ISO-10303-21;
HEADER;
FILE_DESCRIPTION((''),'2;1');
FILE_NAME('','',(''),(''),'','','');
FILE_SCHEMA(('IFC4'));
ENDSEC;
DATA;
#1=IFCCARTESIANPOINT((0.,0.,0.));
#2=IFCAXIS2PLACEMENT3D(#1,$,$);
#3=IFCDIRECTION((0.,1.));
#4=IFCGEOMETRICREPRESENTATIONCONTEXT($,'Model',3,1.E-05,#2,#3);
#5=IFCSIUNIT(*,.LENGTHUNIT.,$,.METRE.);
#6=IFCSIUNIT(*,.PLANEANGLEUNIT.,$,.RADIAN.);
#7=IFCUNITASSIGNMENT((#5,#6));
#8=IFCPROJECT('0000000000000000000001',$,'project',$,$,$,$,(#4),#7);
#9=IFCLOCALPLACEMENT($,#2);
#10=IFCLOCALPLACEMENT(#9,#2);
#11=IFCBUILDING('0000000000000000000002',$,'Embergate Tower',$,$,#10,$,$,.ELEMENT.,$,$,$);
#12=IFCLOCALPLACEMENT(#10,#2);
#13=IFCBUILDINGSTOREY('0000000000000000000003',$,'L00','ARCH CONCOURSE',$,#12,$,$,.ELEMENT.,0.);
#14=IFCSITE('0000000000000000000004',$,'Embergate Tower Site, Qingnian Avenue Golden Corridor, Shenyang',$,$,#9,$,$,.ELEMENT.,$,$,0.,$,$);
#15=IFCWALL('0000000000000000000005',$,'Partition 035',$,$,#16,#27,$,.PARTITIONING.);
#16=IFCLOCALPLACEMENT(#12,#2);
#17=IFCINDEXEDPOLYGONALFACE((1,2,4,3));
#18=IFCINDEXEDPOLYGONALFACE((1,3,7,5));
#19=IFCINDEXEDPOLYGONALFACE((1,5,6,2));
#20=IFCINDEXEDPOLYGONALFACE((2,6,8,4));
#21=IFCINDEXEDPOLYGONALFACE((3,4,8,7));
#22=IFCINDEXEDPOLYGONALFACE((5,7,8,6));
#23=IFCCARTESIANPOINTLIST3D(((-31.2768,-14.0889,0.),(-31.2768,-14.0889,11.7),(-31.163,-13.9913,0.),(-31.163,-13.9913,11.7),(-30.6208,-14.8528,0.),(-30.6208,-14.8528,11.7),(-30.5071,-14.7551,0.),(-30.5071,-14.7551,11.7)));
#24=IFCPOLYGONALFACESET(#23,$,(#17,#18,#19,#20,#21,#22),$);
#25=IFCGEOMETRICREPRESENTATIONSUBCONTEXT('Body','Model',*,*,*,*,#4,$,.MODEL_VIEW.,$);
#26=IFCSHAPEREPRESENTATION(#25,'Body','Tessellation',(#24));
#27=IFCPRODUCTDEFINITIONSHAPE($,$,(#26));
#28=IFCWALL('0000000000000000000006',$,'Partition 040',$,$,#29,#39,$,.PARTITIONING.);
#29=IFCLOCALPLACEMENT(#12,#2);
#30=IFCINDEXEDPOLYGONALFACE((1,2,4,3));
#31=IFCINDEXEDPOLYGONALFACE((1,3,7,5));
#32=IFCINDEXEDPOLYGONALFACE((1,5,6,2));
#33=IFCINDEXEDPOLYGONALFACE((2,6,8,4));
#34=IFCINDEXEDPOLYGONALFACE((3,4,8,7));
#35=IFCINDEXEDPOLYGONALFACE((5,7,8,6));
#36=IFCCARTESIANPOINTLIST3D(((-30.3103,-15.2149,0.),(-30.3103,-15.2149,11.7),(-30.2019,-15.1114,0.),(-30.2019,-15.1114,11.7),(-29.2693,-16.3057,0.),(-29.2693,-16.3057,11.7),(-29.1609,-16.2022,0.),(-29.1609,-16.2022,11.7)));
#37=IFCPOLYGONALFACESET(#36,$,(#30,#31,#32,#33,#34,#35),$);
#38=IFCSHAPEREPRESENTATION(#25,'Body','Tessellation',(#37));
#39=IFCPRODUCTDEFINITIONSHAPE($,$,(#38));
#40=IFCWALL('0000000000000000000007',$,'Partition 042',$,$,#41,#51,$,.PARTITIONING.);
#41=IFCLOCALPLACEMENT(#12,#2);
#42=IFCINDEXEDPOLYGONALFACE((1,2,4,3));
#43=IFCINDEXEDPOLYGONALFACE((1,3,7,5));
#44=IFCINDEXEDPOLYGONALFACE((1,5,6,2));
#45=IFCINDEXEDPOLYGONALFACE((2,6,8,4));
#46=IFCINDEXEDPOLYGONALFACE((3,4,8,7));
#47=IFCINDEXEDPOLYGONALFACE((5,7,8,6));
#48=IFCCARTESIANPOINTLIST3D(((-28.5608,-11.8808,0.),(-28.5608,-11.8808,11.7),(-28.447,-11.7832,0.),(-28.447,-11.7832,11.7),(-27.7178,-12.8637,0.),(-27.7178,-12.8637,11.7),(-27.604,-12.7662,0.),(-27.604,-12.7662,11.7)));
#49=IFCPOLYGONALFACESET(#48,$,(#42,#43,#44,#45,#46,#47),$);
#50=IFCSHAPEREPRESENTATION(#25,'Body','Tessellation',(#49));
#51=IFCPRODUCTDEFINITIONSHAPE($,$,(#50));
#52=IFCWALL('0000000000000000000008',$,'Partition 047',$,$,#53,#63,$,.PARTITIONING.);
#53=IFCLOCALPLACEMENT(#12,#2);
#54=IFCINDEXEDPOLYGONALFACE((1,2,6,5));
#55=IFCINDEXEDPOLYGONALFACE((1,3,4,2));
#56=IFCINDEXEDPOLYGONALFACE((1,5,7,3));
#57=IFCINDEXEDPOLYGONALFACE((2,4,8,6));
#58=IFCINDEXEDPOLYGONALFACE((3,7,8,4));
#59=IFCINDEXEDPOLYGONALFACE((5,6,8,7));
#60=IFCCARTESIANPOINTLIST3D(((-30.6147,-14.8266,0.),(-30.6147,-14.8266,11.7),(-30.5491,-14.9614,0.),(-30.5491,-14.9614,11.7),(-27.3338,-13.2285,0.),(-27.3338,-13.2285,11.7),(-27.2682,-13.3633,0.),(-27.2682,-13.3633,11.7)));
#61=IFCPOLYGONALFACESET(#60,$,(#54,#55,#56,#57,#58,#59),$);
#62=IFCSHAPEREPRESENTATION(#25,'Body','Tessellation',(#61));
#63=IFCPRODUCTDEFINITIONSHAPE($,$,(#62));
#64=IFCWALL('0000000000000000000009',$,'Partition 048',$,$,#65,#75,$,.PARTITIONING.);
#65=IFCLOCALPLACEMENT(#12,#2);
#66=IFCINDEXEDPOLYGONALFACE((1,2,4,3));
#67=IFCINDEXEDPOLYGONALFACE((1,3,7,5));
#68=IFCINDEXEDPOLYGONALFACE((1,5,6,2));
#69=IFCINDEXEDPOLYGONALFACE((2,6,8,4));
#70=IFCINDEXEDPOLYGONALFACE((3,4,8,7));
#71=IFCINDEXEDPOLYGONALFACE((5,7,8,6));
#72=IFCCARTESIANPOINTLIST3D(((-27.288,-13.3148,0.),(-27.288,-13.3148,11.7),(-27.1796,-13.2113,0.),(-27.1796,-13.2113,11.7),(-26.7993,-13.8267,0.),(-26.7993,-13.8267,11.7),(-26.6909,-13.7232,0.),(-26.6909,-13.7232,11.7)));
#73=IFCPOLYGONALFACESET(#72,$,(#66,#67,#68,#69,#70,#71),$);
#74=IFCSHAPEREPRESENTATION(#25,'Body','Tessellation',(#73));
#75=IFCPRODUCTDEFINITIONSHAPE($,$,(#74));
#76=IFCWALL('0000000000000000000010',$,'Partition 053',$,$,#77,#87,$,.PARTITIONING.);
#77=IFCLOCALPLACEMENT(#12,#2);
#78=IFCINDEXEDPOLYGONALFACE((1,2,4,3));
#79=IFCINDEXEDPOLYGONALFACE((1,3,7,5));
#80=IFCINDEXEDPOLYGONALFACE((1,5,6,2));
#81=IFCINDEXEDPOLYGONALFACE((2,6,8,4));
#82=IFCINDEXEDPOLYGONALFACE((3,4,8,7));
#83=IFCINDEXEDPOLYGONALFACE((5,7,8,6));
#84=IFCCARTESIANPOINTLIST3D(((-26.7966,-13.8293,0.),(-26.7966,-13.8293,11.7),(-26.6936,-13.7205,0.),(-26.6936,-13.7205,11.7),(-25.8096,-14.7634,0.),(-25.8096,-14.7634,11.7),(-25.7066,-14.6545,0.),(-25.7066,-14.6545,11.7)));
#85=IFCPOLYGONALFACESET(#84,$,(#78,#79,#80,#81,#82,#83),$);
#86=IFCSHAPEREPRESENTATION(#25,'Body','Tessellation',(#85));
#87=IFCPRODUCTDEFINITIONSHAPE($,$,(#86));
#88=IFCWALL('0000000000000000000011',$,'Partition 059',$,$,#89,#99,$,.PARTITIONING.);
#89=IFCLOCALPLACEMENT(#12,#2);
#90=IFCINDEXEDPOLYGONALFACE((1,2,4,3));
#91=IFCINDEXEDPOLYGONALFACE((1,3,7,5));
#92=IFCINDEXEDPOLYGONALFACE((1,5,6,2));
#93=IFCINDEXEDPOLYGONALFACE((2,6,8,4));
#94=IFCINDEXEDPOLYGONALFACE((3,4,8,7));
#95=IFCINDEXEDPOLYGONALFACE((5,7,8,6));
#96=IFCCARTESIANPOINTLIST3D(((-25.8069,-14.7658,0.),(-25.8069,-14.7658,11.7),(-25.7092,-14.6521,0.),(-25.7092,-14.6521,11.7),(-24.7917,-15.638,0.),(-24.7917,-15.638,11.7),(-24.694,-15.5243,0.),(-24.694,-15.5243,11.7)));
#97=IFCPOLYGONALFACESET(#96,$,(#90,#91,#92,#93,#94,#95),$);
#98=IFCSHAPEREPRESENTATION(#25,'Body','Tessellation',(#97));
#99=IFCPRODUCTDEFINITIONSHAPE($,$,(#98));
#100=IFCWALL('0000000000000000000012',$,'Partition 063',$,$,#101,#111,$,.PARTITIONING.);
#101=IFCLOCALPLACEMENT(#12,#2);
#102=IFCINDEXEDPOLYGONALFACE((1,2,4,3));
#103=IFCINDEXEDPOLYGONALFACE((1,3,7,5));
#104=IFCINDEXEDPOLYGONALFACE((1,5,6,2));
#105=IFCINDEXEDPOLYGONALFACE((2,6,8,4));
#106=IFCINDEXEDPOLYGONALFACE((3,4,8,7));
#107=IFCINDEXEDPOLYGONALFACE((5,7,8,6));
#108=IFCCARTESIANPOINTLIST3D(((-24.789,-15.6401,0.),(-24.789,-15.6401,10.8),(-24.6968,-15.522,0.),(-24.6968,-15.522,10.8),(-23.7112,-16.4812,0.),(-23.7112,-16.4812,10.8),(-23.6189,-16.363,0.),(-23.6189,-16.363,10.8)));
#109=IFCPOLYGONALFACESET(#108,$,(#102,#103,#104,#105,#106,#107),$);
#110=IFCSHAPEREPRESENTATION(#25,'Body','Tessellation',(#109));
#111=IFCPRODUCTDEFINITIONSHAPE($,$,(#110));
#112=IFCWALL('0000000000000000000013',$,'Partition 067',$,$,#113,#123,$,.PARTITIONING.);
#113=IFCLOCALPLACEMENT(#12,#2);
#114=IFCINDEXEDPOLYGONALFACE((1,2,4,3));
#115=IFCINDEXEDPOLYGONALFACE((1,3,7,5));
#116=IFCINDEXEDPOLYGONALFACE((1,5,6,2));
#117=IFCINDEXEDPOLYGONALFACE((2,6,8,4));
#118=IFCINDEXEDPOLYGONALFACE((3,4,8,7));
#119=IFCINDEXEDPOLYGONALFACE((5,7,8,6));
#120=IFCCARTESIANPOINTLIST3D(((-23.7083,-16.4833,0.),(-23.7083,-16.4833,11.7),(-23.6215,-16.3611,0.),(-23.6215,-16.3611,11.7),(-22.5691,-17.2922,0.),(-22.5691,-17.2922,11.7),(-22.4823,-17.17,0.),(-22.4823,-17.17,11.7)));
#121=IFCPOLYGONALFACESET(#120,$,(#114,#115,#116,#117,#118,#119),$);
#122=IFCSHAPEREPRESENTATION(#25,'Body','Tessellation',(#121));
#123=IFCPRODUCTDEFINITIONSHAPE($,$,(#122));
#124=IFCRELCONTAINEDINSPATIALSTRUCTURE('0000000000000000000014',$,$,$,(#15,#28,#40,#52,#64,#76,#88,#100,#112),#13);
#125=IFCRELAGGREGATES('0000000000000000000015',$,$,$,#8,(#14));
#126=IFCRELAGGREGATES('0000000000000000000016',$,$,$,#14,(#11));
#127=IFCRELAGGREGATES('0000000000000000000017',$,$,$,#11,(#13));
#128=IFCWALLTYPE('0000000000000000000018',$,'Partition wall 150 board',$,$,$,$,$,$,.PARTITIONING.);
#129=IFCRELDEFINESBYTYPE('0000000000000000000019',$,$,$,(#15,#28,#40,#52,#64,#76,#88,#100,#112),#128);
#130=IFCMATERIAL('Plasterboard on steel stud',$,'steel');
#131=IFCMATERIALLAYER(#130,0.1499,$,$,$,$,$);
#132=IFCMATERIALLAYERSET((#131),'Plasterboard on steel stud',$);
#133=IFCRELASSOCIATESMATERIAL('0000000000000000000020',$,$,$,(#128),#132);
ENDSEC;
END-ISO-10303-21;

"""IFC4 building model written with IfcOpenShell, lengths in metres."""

from ifc_helpers import new_model, si_unit, direction, frame, frame_2d, origin, place, context, subcontext, project, spatial, rectangle, extrude, source, transform, mapped, material, layer, layer_set, type_object, element, save


model = new_model("IFC4")

# Units and contexts
model_context = context("Model", 3, precision=1e-05, world=origin(), true_north=direction((0.0, 1.0)))
body_context = subcontext(model_context, "Body", "Model", "MODEL_VIEW")
ifc_project = project(units=[si_unit("LENGTHUNIT", "METRE"), si_unit("PLANEANGLEUNIT", "RADIAN")], contexts=[model_context])

# Site, building, storey
site_placement = place(None, origin())
site = spatial("IfcSite", under=ifc_project, at=site_placement, Name="Embergate Tower Site, Qingnian Avenue Golden Corridor, Shenyang", CompositionType="ELEMENT", RefElevation=0.0)
building_placement = place(site_placement, origin())
building = spatial("IfcBuilding", under=site, at=building_placement, Name="Embergate Tower", CompositionType="ELEMENT")
storey_placement = place(building_placement, origin())
storey = spatial("IfcBuildingStorey", under=building, at=storey_placement, Name="L00", Description="ARCH CONCOURSE", CompositionType="ELEMENT", Elevation=0.0)

# Shared definitions
ifc_material_1 = material(Name="Plasterboard on steel stud", Category="steel")
ifc_layer_1 = layer(ifc_material_1, 0.1499)
ifc_layer_set_1 = layer_set([ifc_layer_1], Name="Plasterboard on steel stud")
wall_type_1 = type_object("IfcWallType", Name="Partition wall 150 board", PredefinedType="PARTITIONING", material=ifc_layer_set_1)

# Walls
shared_shape_1 = source(origin(), body_context, "Body", "SweptSolid", [
    extrude(rectangle(XDim=1.0068, YDim=0.1499, at=frame_2d((0.5034, 0.0))), origin(), (0.0, 0.0, 1.0), 11.7),
])
wall_1_placement = place(storey_placement, frame((-30.564, -14.804, 0.0), z_axis=(0.0, 0.0, 1.0), x_axis=(-0.65149, 0.758657, 0.0)))
element("IfcWall", 1, at=wall_1_placement, inside=storey, type_object=wall_type_1, Name="Partition 035", PredefinedType="PARTITIONING", context=body_context, shape_type="MappedRepresentation", body=[
    mapped(shared_shape_1, transform((0.0, 0.0, 0.0))),
])
shared_shape_2 = source(origin(), body_context, "Body", "SweptSolid", [
    extrude(rectangle(XDim=1.5078, YDim=0.1499, at=frame_2d((0.7539, 0.0))), origin(), (0.0, 0.0, 1.0), 11.7),
])
wall_2_placement = place(storey_placement, frame((-29.2151, -16.2539, 0.0), z_axis=(0.0, 0.0, 1.0), x_axis=(-0.690399, 0.723429, 0.0)))
element("IfcWall", 2, at=wall_2_placement, inside=storey, type_object=wall_type_1, Name="Partition 040", PredefinedType="PARTITIONING", context=body_context, shape_type="MappedRepresentation", body=[
    mapped(shared_shape_2, transform((0.0, 0.0, 0.0))),
])
shared_shape_3 = source(origin(), body_context, "Body", "SweptSolid", [
    extrude(rectangle(XDim=1.2949, YDim=0.1499, at=frame_2d((0.6475, 0.0))), origin(), (0.0, 0.0, 1.0), 11.7),
])
wall_3_placement = place(storey_placement, frame((-28.5039, -11.832, 0.0), z_axis=(0.0, 0.0, 1.0), x_axis=(0.651024, -0.759057, 0.0)))
element("IfcWall", 3, at=wall_3_placement, inside=storey, type_object=wall_type_1, Name="Partition 042", PredefinedType="PARTITIONING", context=body_context, shape_type="MappedRepresentation", body=[
    mapped(shared_shape_3, transform((0.0, 0.0, 0.0))),
])
shared_shape_4 = source(origin(), body_context, "Body", "SweptSolid", [
    extrude(rectangle(XDim=3.6494, YDim=0.1499, at=frame_2d((1.8247, 0.0))), origin(), (0.0, 0.0, 1.0), 11.7),
])
wall_4_placement = place(storey_placement, frame((-27.301, -13.2959, 0.0), z_axis=(0.0, 0.0, 1.0), x_axis=(-0.899022, -0.437904, 0.0)))
element("IfcWall", 4, at=wall_4_placement, inside=storey, type_object=wall_type_1, Name="Partition 047", PredefinedType="PARTITIONING", context=body_context, shape_type="MappedRepresentation", body=[
    mapped(shared_shape_4, transform((0.0, 0.0, 0.0))),
])
shared_shape_5 = source(origin(), body_context, "Body", "SweptSolid", [
    extrude(rectangle(XDim=0.7078, YDim=0.1499, at=frame_2d((0.354, 0.0))), origin(), (0.0, 0.0, 1.0), 11.7),
])
wall_5_placement = place(storey_placement, frame((-27.2339, -13.2629, 0.0), z_axis=(0.0, 0.0, 1.0), x_axis=(0.690533, -0.723301, 0.0)))
element("IfcWall", 5, at=wall_5_placement, inside=storey, type_object=wall_type_1, Name="Partition 048", PredefinedType="PARTITIONING", context=body_context, shape_type="MappedRepresentation", body=[
    mapped(shared_shape_5, transform((0.0, 0.0, 0.0))),
])
shared_shape_6 = source(origin(), body_context, "Body", "SweptSolid", [
    extrude(rectangle(XDim=1.3589, YDim=0.1499, at=frame_2d((0.6794, 0.0))), origin(), (0.0, 0.0, 1.0), 11.7),
])
wall_6_placement = place(storey_placement, frame((-26.7451, -13.7749, 0.0), z_axis=(0.0, 0.0, 1.0), x_axis=(0.72633, -0.687346, 0.0)))
element("IfcWall", 6, at=wall_6_placement, inside=storey, type_object=wall_type_1, Name="Partition 053", PredefinedType="PARTITIONING", context=body_context, shape_type="MappedRepresentation", body=[
    mapped(shared_shape_6, transform((0.0, 0.0, 0.0))),
])
shared_shape_7 = source(origin(), body_context, "Body", "SweptSolid", [
    extrude(rectangle(XDim=1.3384, YDim=0.1499, at=frame_2d((0.6692, 0.0))), origin(), (0.0, 0.0, 1.0), 11.7),
])
wall_7_placement = place(storey_placement, frame((-25.7581, -14.709, 0.0), z_axis=(0.0, 0.0, 1.0), x_axis=(0.758535, -0.651632, 0.0)))
element("IfcWall", 7, at=wall_7_placement, inside=storey, type_object=wall_type_1, Name="Partition 059", PredefinedType="PARTITIONING", context=body_context, shape_type="MappedRepresentation", body=[
    mapped(shared_shape_7, transform((0.0, 0.0, 0.0))),
])
shared_shape_8 = source(origin(), body_context, "Body", "SweptSolid", [
    extrude(rectangle(XDim=1.3672, YDim=0.1499, at=frame_2d((0.6836, 0.0))), origin(), (0.0, 0.0, 1.0), 10.8),
])
wall_8_placement = place(storey_placement, frame((-24.7429, -15.5811, 0.0), z_axis=(0.0, 0.0, 1.0), x_axis=(0.78839, -0.615176, 0.0)))
element("IfcWall", 8, at=wall_8_placement, inside=storey, type_object=wall_type_1, Name="Partition 063", PredefinedType="PARTITIONING", context=body_context, shape_type="MappedRepresentation", body=[
    mapped(shared_shape_8, transform((0.0, 0.0, 0.0))),
])
shared_shape_9 = source(origin(), body_context, "Body", "SweptSolid", [
    extrude(rectangle(XDim=1.3972, YDim=0.1499, at=frame_2d((0.6987, 0.0))), origin(), (0.0, 0.0, 1.0), 11.7),
])
wall_9_placement = place(storey_placement, frame((-23.665, -16.4221, 0.0), z_axis=(0.0, 0.0, 1.0), x_axis=(0.815371, -0.578938, 0.0)))
element("IfcWall", 9, at=wall_9_placement, inside=storey, type_object=wall_type_1, Name="Partition 067", PredefinedType="PARTITIONING", context=body_context, shape_type="MappedRepresentation", body=[
    mapped(shared_shape_9, transform((0.0, 0.0, 0.0))),
])

save(model, "model.ifc")
